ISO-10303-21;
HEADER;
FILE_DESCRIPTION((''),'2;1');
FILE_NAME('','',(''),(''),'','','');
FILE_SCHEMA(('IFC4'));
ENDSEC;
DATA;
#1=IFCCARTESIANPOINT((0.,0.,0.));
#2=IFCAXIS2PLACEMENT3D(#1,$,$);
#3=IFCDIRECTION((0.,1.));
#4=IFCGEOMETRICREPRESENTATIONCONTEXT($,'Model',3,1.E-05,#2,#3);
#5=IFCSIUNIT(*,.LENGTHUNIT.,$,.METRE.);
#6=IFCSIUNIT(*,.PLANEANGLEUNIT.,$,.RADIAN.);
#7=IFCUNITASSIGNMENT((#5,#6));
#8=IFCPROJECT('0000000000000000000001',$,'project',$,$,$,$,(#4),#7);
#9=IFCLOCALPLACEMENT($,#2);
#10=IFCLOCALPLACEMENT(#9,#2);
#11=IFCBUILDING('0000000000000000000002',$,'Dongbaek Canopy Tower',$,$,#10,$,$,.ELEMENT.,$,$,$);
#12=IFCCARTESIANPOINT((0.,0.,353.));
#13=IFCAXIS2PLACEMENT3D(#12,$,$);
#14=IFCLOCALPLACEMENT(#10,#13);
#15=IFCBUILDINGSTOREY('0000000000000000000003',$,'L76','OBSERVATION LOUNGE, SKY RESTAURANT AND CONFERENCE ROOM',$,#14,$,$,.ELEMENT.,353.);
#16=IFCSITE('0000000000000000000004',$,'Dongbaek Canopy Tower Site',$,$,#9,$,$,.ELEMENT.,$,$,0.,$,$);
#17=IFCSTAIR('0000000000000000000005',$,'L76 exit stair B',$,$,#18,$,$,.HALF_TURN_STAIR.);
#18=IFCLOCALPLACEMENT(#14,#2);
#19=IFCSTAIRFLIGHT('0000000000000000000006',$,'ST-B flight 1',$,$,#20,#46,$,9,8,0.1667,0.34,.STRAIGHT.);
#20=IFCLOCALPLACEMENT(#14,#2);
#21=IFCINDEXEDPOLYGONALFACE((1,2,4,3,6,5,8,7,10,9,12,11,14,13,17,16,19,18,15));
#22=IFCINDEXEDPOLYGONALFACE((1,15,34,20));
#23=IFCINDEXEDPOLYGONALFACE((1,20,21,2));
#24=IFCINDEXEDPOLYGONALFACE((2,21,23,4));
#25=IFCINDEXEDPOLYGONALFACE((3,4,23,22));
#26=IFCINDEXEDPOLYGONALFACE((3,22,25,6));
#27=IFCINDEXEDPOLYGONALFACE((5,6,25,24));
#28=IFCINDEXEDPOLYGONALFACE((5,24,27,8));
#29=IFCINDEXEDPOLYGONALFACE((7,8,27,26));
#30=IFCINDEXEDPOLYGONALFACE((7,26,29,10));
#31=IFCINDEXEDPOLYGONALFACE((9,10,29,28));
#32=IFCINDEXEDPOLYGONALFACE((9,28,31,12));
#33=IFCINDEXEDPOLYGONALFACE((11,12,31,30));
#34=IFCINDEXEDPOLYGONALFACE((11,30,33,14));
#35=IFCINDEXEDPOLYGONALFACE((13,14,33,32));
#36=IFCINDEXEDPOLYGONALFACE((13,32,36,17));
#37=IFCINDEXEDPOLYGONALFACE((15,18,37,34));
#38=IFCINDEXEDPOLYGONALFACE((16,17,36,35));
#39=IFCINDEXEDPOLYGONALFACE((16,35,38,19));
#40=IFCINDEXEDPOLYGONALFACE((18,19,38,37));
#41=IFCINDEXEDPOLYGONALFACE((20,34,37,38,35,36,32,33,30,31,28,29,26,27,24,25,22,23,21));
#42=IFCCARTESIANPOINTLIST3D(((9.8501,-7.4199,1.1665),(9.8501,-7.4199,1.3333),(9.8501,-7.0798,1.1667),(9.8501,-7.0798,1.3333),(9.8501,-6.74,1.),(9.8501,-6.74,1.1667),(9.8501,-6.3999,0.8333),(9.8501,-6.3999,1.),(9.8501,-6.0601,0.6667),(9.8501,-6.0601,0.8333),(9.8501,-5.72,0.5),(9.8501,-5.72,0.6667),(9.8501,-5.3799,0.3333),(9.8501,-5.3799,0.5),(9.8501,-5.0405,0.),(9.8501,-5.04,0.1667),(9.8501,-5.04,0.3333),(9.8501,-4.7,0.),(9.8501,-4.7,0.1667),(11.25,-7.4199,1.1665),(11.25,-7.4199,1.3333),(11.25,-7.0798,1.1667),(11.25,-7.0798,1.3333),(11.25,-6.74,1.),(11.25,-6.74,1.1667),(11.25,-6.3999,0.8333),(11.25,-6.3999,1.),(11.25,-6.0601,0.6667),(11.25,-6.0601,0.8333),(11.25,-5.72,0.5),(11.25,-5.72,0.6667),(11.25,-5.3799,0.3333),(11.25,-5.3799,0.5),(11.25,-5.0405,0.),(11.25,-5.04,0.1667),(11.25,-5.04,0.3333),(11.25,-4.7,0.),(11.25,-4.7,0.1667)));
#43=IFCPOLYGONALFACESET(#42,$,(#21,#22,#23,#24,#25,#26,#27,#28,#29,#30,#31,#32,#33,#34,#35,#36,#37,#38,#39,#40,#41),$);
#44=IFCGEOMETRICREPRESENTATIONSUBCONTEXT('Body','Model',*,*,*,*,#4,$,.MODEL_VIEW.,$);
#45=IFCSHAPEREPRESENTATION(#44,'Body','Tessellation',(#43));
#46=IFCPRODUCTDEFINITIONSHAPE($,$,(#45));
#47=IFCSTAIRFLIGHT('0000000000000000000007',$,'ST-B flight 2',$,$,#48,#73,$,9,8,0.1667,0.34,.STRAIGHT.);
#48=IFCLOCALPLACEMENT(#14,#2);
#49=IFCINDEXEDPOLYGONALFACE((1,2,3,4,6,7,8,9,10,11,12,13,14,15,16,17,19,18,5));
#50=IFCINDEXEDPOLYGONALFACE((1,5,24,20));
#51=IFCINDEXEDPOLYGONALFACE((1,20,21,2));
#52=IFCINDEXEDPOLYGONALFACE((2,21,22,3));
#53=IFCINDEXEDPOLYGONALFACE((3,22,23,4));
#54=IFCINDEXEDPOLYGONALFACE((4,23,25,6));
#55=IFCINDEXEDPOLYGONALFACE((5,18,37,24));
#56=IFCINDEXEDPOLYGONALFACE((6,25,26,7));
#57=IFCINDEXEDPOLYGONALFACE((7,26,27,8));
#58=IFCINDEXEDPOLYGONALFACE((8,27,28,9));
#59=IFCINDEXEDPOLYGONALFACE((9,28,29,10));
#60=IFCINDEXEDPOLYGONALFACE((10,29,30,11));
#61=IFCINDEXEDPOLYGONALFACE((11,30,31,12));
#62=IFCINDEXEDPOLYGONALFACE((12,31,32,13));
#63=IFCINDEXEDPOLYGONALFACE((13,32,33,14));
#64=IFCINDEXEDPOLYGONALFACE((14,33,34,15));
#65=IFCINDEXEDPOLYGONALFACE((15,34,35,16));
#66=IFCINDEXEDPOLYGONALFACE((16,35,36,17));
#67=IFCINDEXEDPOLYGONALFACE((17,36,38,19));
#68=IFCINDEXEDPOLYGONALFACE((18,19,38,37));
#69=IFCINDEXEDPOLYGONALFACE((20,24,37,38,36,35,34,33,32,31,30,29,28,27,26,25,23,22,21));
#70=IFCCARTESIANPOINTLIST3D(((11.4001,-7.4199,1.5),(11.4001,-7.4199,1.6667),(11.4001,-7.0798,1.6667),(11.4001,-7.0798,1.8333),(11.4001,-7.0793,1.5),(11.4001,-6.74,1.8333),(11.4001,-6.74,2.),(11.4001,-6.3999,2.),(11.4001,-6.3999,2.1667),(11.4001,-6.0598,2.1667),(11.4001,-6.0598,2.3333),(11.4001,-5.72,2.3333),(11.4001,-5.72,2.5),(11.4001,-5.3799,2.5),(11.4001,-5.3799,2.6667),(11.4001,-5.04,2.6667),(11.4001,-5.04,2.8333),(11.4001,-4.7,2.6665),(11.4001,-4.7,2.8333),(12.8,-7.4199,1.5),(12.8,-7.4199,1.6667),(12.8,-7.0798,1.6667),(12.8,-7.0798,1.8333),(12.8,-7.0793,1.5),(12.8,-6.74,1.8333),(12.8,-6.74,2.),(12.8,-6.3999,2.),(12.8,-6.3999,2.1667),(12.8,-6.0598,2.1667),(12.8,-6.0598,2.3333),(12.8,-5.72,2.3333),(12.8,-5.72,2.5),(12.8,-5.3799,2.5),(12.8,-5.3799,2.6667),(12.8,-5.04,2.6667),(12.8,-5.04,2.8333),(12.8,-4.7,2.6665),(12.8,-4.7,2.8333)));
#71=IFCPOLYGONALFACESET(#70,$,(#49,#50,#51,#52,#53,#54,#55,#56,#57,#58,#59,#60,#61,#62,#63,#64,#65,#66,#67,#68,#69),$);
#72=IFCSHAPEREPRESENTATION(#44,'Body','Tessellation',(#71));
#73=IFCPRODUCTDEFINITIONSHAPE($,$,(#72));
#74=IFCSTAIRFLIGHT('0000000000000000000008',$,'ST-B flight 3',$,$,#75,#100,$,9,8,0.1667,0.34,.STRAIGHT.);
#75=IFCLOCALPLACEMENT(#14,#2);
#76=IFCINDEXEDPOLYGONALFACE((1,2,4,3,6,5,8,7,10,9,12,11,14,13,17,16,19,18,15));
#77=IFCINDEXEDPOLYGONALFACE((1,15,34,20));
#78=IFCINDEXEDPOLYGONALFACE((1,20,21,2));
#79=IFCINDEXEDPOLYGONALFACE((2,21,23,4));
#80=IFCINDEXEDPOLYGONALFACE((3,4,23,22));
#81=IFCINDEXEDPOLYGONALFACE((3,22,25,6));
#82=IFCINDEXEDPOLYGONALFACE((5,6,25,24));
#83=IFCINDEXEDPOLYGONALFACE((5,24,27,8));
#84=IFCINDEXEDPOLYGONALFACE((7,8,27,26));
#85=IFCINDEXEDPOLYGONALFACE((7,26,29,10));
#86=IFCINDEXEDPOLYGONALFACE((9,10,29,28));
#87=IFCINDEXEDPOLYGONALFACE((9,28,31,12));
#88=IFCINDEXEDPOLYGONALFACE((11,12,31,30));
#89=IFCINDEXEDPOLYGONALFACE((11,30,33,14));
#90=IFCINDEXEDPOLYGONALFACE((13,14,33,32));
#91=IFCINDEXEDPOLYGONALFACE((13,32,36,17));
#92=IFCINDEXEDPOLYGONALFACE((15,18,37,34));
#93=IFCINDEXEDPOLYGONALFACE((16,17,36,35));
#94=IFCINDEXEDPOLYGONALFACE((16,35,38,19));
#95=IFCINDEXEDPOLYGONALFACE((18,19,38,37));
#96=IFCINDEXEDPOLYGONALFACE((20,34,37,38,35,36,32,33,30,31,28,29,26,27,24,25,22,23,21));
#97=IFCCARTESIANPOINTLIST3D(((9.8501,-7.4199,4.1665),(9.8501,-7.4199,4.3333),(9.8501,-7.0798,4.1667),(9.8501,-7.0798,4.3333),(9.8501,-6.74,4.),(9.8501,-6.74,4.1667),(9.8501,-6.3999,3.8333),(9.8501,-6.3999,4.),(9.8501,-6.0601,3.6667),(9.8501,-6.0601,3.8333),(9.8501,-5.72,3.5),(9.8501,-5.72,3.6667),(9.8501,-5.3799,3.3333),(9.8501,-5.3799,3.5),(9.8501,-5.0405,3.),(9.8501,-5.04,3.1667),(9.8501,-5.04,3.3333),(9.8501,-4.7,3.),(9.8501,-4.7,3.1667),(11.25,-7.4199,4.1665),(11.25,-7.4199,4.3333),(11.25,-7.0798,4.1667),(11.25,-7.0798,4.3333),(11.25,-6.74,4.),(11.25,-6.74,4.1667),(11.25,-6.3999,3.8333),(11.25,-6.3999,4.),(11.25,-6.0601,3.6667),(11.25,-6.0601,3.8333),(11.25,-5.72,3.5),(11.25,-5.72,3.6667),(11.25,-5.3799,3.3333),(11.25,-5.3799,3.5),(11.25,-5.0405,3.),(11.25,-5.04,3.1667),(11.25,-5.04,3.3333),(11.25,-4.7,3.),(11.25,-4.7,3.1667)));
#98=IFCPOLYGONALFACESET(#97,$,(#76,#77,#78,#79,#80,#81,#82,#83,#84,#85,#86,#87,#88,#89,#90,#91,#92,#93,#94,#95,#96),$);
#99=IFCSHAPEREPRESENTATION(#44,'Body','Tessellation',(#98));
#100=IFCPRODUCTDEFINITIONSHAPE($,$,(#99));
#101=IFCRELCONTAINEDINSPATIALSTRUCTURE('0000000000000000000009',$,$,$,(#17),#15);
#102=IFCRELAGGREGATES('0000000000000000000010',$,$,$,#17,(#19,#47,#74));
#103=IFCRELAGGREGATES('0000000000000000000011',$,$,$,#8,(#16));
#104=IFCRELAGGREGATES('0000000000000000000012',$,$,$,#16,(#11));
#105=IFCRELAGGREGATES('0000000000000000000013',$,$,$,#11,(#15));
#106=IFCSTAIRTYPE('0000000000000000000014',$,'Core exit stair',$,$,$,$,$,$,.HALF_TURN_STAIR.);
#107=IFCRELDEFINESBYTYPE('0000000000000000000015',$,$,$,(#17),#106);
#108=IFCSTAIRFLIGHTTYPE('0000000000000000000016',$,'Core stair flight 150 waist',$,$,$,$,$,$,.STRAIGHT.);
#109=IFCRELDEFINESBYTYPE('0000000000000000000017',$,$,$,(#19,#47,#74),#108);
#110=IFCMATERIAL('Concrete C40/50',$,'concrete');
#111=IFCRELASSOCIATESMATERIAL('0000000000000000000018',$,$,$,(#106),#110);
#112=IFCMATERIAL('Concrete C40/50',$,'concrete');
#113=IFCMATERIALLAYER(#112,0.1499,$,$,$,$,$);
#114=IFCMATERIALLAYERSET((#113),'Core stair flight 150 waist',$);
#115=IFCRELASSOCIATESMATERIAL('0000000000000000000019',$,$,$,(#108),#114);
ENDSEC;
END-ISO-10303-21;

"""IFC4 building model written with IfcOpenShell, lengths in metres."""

from ifc_helpers import new_model, si_unit, direction, frame, origin, place, context, subcontext, project, spatial, polyline, outline, extrude, material, layer, layer_set, type_object, element, aggregate, save


model = new_model("IFC4")

# Units and contexts
model_context = context("Model", 3, precision=1e-05, world=origin(), true_north=direction((0.0, 1.0)))
body_context = subcontext(model_context, "Body", "Model", "MODEL_VIEW")
ifc_project = project(units=[si_unit("LENGTHUNIT", "METRE"), si_unit("PLANEANGLEUNIT", "RADIAN")], contexts=[model_context])

# Site, building, storey
site_placement = place(None, origin())
site = spatial("IfcSite", under=ifc_project, at=site_placement, Name="Dongbaek Canopy Tower Site", CompositionType="ELEMENT", RefElevation=0.0)
building_placement = place(site_placement, origin())
building = spatial("IfcBuilding", under=site, at=building_placement, Name="Dongbaek Canopy Tower", CompositionType="ELEMENT")
storey_placement = place(building_placement, frame((0.0, 0.0, 353.0)))
storey = spatial("IfcBuildingStorey", under=building, at=storey_placement, Name="L76", Description="OBSERVATION LOUNGE, SKY RESTAURANT AND CONFERENCE ROOM", CompositionType="ELEMENT", Elevation=353.0)

# Stair, stair flights
ifc_material_1 = material(Name="Concrete C40/50", Category="concrete")
stair_type = type_object("IfcStairType", Name="Core exit stair", PredefinedType="HALF_TURN_STAIR", material=ifc_material_1)
stair_placement = place(storey_placement, origin())
stair = element("IfcStair", 1, at=stair_placement, inside=storey, type_object=stair_type, Name="L76 exit stair B", PredefinedType="HALF_TURN_STAIR")
ifc_material_2 = material(Name="Concrete C40/50", Category="concrete")
ifc_layer_1 = layer(ifc_material_2, 0.1499)
ifc_layer_set_1 = layer_set([ifc_layer_1], Name="Core stair flight 150 waist")
stair_flight_type = type_object("IfcStairFlightType", Name="Core stair flight 150 waist", PredefinedType="STRAIGHT", material=ifc_layer_set_1)
stair_flight_1_placement = place(storey_placement, frame((10.55, -4.7, 0.0), z_axis=(0.0, 0.0, 1.0), x_axis=(0.0, -1.0, 0.0)))
stair_flight_1 = element("IfcStairFlight", 2, at=stair_flight_1_placement, type_object=stair_flight_type, Name="ST-B flight 1", NumberOfRisers=9, NumberOfTreads=8, PredefinedType="STRAIGHT", RiserHeight=0.1667, TreadLength=0.34, context=body_context, shape_type="SweptSolid", body=[
    extrude(outline(polyline([(0.0, 0.0), (0.0, 0.1667), (0.3401, 0.1667), (0.3401, 0.3333), (0.6799, 0.3333), (0.6799, 0.5), (1.02, 0.5), (1.02, 0.6667), (1.3601, 0.6667), (1.3601, 0.8333), (1.7, 0.8333), (1.7, 1.0), (2.04, 1.0), (2.04, 1.1667), (2.3799, 1.1667), (2.3799, 1.3333), (2.72, 1.3333), (2.72, 1.5), (2.72, 1.1665), (0.3406, 0.0), (0.0, 0.0)])), frame((0.0, 0.7, 0.0), z_axis=(0.0, -1.0, 0.0), x_axis=(1.0, 0.0, 0.0)), (0.0, 0.0, 1.0), 1.3999),
])
stair_flight_2_placement = place(storey_placement, frame((12.1001, -7.4199, 1.5), z_axis=(0.0, 0.0, 1.0), x_axis=(0.0, 1.0, 0.0)))
stair_flight_2 = element("IfcStairFlight", 3, at=stair_flight_2_placement, type_object=stair_flight_type, Name="ST-B flight 2", NumberOfRisers=9, NumberOfTreads=8, PredefinedType="STRAIGHT", RiserHeight=0.1667, TreadLength=0.34, context=body_context, shape_type="SweptSolid", body=[
    extrude(outline(polyline([(0.0, 0.0), (0.0, 0.1667), (0.3401, 0.1667), (0.3401, 0.3333), (0.6799, 0.3333), (0.6799, 0.5), (1.02, 0.5), (1.02, 0.6667), (1.3601, 0.6667), (1.3601, 0.8333), (1.7, 0.8333), (1.7, 1.0), (2.04, 1.0), (2.04, 1.1667), (2.3799, 1.1667), (2.3799, 1.3333), (2.72, 1.3333), (2.72, 1.5), (2.72, 1.1665), (0.3406, 0.0), (0.0, 0.0)])), frame((0.0, 0.7, 0.0), z_axis=(0.0, -1.0, 0.0), x_axis=(1.0, 0.0, 0.0)), (0.0, 0.0, 1.0), 1.3999),
])
stair_flight_3_placement = place(storey_placement, frame((10.55, -4.7, 3.0), z_axis=(0.0, 0.0, 1.0), x_axis=(0.0, -1.0, 0.0)))
stair_flight_3 = element("IfcStairFlight", 4, at=stair_flight_3_placement, type_object=stair_flight_type, Name="ST-B flight 3", NumberOfRisers=9, NumberOfTreads=8, PredefinedType="STRAIGHT", RiserHeight=0.1667, TreadLength=0.34, context=body_context, shape_type="SweptSolid", body=[
    extrude(outline(polyline([(0.0, 0.0), (0.0, 0.1667), (0.3401, 0.1667), (0.3401, 0.3333), (0.6799, 0.3333), (0.6799, 0.5), (1.02, 0.5), (1.02, 0.6667), (1.3601, 0.6667), (1.3601, 0.8333), (1.7, 0.8333), (1.7, 1.0), (2.04, 1.0), (2.04, 1.1667), (2.3799, 1.1667), (2.3799, 1.3333), (2.72, 1.3333), (2.72, 1.5), (2.72, 1.1665), (0.3406, 0.0), (0.0, 0.0)])), frame((0.0, 0.7, 0.0), z_axis=(0.0, -1.0, 0.0), x_axis=(1.0, 0.0, 0.0)), (0.0, 0.0, 1.0), 1.3999),
])
aggregate(stair, [stair_flight_1, stair_flight_2, stair_flight_3])

save(model, "model.ifc")
